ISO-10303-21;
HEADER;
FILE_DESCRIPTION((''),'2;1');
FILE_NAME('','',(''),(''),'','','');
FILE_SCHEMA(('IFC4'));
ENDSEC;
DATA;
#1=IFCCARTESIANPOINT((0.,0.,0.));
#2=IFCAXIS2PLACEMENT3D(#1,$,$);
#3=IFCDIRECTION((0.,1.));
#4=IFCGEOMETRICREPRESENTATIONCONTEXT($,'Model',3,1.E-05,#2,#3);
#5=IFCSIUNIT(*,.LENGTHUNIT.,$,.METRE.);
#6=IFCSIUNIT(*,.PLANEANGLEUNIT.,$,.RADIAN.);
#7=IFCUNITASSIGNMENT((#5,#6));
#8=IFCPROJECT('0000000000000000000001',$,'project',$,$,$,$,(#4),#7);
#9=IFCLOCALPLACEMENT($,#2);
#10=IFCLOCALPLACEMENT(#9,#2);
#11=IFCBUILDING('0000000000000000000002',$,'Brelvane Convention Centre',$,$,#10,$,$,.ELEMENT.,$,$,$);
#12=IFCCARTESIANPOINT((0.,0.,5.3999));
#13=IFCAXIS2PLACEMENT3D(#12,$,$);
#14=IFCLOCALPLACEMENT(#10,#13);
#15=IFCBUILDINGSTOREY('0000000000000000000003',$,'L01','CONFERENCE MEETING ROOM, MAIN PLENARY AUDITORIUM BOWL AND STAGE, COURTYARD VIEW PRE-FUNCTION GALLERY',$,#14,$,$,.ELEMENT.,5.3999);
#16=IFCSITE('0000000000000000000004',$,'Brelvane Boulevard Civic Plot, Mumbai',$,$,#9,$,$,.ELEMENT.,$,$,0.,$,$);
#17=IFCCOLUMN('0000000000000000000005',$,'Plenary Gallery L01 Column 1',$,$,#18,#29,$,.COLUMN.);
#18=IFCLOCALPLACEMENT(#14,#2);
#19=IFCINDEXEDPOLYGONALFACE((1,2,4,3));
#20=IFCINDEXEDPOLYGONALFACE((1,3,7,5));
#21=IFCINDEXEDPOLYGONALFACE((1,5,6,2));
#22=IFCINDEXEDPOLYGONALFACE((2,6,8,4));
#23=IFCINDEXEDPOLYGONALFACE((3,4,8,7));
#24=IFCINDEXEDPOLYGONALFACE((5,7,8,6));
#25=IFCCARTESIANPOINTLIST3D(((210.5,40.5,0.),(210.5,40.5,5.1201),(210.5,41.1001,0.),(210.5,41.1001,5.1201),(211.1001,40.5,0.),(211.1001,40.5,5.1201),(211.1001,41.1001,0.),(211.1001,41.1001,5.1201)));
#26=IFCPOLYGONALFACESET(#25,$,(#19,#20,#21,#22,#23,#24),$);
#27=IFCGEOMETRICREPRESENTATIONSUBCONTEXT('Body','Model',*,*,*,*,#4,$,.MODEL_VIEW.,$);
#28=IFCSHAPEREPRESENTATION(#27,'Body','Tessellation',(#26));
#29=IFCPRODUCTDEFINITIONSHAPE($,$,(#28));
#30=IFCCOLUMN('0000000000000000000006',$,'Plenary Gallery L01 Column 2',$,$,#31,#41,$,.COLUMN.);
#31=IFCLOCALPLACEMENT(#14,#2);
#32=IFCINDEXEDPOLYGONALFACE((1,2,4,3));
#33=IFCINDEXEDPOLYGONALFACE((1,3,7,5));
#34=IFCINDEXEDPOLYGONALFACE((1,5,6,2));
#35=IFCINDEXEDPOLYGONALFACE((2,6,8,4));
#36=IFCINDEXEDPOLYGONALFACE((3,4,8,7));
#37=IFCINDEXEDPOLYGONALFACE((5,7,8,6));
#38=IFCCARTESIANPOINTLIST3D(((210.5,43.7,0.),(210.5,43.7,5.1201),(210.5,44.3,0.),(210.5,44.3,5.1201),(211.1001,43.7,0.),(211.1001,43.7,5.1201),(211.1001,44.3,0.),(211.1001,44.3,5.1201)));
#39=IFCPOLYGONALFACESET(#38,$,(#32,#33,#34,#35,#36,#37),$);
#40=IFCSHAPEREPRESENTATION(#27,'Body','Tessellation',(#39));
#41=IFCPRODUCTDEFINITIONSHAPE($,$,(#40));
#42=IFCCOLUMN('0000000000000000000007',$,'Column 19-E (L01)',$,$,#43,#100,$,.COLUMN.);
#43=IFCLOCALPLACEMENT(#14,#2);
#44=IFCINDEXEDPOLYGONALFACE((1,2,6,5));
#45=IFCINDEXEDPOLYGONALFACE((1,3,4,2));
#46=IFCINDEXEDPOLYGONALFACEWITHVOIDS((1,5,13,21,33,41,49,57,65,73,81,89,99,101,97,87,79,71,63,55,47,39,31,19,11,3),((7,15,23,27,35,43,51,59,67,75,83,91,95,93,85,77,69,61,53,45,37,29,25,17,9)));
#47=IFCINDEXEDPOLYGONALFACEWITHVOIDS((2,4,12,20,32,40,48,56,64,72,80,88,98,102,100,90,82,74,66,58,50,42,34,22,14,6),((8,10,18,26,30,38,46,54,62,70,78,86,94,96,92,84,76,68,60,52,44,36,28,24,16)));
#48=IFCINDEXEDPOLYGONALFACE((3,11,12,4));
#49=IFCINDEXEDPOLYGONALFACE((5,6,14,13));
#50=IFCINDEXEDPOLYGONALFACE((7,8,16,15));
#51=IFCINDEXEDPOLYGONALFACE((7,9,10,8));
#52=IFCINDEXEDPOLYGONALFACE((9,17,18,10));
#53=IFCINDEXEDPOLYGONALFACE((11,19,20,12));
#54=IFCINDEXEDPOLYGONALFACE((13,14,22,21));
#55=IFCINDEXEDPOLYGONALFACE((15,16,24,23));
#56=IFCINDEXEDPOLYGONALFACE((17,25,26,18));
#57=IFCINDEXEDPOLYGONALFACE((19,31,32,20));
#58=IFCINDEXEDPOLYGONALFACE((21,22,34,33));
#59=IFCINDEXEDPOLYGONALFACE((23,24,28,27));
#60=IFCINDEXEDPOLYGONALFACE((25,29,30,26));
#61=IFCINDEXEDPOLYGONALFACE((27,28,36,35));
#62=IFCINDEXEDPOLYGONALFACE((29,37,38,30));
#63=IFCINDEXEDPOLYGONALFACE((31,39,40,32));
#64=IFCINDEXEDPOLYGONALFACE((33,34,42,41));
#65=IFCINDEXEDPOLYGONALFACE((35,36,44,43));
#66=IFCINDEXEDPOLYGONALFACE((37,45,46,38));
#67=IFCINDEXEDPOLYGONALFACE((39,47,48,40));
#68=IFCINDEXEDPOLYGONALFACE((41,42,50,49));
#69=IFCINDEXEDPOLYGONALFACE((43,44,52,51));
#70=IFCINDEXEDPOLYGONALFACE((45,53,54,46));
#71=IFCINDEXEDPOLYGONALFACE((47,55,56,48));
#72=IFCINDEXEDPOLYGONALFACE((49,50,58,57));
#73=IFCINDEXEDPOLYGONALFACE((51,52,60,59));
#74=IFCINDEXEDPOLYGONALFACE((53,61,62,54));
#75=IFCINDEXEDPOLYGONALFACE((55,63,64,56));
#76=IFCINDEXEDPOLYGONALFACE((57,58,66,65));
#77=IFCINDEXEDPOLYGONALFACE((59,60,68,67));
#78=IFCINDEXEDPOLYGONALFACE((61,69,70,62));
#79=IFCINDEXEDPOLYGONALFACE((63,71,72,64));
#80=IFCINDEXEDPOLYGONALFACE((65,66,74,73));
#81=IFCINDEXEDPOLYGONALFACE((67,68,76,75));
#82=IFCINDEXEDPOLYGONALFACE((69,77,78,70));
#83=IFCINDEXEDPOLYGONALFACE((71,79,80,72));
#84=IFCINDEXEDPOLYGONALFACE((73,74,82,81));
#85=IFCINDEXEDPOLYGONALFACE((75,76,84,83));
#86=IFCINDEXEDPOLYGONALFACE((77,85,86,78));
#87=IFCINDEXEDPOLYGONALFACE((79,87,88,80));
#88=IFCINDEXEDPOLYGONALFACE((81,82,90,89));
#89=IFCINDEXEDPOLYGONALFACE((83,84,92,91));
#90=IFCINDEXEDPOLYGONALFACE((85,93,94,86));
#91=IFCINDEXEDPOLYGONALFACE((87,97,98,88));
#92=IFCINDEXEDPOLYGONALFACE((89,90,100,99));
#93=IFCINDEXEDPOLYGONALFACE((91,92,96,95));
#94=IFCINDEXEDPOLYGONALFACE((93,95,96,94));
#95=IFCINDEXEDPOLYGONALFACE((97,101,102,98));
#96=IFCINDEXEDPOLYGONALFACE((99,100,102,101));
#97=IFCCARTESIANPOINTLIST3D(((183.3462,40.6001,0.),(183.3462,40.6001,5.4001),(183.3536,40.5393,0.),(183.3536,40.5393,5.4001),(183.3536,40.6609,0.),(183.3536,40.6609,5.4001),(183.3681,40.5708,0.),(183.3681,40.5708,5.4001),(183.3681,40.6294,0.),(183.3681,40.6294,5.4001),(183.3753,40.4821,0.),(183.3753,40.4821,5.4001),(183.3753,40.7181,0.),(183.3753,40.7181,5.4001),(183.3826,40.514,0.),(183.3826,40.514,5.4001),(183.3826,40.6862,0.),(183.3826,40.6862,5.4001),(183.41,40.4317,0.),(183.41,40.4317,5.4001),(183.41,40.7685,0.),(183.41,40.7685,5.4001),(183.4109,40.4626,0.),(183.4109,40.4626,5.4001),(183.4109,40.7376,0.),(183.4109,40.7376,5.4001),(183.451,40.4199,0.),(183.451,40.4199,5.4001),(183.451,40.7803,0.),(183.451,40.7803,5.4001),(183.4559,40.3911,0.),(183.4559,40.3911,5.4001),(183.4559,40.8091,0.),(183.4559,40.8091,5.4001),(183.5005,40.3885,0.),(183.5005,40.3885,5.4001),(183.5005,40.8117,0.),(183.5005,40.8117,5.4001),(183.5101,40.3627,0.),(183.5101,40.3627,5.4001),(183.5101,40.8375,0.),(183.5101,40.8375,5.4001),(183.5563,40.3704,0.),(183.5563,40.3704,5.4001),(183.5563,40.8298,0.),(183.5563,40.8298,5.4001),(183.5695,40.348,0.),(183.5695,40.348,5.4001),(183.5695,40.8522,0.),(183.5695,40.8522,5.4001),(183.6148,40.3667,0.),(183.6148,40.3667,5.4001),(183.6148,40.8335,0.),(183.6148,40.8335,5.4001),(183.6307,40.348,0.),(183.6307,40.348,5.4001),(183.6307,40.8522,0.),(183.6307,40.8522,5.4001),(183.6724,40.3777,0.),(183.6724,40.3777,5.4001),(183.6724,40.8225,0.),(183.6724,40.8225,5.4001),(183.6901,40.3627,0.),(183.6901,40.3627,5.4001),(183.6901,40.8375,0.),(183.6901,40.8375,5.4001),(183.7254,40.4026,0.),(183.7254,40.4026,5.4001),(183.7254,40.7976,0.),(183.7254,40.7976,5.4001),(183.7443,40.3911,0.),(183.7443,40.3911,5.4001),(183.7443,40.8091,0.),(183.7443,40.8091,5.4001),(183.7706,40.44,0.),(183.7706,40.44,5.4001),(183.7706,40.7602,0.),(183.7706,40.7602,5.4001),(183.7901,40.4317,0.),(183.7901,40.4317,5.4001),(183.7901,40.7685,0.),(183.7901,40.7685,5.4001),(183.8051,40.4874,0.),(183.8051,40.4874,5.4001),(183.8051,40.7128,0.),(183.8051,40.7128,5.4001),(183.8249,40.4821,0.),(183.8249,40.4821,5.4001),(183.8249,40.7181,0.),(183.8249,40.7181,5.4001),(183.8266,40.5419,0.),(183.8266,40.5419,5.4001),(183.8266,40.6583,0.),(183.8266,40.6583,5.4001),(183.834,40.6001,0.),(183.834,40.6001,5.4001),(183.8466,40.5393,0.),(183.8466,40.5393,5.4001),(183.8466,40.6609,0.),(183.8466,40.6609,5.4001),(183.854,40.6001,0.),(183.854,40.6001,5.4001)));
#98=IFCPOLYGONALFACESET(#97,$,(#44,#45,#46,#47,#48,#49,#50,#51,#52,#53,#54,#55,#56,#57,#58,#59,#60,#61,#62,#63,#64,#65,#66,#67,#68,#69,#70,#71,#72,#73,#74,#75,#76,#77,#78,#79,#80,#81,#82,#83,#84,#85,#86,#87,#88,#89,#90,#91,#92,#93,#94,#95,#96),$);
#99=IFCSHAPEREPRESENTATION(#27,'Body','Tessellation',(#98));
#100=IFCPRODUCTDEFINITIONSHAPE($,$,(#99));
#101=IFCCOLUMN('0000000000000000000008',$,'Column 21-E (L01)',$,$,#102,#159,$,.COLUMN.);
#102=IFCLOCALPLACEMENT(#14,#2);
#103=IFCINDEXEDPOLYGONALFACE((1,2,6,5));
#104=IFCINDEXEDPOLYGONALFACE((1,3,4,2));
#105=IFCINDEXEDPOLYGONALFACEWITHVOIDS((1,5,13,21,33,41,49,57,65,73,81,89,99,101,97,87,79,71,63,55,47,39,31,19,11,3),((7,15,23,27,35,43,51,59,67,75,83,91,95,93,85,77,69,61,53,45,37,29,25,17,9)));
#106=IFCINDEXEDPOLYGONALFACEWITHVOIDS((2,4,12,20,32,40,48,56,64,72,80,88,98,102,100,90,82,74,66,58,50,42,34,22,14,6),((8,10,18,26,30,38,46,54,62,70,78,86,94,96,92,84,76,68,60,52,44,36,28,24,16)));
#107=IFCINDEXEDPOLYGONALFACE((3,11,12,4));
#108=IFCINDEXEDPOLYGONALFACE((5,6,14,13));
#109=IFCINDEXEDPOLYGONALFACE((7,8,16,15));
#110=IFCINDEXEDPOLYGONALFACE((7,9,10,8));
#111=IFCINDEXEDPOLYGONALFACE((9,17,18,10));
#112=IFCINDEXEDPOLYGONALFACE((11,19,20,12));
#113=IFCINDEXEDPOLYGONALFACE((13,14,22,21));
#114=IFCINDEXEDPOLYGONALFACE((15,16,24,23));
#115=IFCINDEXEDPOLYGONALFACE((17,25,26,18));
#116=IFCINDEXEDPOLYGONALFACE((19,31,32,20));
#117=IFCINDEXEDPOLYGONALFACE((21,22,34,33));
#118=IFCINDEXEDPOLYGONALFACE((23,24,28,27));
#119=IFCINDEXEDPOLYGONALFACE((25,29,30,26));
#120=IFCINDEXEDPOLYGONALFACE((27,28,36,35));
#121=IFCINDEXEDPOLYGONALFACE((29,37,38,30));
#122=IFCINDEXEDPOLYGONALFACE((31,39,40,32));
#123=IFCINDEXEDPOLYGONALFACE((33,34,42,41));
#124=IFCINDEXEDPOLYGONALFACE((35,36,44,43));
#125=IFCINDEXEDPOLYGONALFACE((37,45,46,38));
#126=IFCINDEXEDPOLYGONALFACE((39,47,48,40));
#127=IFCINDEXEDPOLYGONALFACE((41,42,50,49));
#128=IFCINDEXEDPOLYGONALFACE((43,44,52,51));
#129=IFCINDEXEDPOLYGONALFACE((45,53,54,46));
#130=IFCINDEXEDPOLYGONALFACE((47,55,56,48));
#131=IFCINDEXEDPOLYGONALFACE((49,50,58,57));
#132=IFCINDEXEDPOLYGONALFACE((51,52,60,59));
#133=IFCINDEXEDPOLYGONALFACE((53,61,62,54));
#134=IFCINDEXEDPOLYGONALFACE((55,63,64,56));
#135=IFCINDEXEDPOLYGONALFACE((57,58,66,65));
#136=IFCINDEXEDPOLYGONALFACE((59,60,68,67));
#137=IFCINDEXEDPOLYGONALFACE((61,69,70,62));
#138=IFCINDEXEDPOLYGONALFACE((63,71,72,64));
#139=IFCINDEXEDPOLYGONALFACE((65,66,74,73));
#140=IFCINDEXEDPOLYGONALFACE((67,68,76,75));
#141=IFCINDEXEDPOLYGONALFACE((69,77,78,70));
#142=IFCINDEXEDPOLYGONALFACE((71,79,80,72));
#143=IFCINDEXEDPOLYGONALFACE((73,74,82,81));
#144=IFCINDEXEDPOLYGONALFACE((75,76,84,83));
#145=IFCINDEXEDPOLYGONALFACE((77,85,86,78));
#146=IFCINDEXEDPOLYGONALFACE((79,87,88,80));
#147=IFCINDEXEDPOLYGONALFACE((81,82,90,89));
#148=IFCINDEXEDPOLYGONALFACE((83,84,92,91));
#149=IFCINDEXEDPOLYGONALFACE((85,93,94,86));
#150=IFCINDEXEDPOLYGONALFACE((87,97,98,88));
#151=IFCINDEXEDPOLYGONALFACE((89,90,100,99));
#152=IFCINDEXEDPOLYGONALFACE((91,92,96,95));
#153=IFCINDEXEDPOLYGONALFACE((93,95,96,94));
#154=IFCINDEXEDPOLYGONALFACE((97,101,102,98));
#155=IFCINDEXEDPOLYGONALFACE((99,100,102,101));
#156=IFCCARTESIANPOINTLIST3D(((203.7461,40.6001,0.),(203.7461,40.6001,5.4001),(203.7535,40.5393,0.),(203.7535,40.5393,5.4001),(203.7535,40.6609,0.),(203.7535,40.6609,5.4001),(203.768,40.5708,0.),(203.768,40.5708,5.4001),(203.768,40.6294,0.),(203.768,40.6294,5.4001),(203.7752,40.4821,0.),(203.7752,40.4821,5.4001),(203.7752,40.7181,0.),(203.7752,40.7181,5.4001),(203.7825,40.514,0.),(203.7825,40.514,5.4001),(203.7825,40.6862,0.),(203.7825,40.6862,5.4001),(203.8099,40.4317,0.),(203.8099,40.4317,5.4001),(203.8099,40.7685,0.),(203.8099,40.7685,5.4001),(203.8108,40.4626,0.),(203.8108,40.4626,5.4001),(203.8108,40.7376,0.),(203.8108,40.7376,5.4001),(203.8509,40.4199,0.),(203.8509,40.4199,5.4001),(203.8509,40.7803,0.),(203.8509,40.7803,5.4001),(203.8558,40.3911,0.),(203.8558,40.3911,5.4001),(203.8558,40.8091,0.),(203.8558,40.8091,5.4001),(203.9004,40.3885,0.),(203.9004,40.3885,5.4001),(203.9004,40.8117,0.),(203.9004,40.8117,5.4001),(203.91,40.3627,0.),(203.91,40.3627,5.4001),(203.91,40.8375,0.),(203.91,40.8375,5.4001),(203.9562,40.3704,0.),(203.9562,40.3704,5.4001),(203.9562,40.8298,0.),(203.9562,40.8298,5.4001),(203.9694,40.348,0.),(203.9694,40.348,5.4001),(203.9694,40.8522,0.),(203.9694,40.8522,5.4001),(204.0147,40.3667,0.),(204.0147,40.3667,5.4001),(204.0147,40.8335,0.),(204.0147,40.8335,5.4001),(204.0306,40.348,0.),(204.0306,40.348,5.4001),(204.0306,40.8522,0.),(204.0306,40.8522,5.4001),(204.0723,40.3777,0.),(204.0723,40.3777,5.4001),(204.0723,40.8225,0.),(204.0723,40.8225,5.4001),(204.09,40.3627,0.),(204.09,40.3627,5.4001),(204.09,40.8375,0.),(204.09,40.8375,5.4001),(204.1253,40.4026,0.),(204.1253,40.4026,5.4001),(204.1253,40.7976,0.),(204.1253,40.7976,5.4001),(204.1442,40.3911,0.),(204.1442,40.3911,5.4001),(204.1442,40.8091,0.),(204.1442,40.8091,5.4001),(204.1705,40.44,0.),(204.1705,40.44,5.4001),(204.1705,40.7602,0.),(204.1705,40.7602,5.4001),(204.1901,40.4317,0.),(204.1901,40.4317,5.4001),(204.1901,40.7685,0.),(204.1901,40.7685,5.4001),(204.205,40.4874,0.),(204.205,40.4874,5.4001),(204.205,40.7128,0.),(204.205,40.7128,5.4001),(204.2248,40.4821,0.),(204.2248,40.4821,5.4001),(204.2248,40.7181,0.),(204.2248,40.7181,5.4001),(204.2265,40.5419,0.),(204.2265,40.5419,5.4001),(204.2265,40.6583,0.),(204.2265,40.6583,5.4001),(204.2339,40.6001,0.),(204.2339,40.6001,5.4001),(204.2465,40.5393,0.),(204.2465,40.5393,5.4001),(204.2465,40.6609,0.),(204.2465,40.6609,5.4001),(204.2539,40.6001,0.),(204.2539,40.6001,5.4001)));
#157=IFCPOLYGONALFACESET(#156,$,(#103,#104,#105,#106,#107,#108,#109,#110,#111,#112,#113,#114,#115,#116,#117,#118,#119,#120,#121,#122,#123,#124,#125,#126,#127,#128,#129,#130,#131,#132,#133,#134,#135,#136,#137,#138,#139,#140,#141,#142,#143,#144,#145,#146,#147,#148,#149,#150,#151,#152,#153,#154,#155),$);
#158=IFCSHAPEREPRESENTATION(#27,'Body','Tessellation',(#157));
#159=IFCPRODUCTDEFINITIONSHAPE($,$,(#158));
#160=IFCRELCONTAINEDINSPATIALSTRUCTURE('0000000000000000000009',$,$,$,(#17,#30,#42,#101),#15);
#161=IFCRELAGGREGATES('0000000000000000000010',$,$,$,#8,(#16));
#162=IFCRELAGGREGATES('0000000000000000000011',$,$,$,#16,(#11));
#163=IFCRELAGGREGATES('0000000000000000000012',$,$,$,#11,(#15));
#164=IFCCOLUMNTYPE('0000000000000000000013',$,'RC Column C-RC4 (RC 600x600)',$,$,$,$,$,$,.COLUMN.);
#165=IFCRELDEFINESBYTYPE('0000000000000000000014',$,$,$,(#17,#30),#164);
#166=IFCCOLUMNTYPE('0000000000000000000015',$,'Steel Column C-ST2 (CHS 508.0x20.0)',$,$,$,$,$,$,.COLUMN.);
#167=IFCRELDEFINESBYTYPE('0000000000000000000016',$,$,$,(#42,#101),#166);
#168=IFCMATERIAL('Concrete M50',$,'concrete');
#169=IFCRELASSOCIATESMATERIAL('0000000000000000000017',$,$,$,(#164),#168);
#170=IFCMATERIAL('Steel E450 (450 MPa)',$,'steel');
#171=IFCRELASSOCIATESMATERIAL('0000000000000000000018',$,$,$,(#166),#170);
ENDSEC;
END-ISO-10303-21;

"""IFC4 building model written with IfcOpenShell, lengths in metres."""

from ifc_helpers import new_model, si_unit, direction, frame, origin, origin_2d, place, context, subcontext, project, spatial, rectangle, hollow_circle, extrude, material, material_profile, profile_set, type_object, element, save


model = new_model("IFC4")

# Units and contexts
model_context = context("Model", 3, precision=1e-05, world=origin(), true_north=direction((0.0, 1.0)))
body_context = subcontext(model_context, "Body", "Model", "MODEL_VIEW")
ifc_project = project(units=[si_unit("LENGTHUNIT", "METRE"), si_unit("PLANEANGLEUNIT", "RADIAN")], contexts=[model_context])

# Site, building, storey
site_placement = place(None, origin())
site = spatial("IfcSite", under=ifc_project, at=site_placement, Name="Brelvane Boulevard Civic Plot, Mumbai", CompositionType="ELEMENT", RefElevation=0.0)
building_placement = place(site_placement, origin())
building = spatial("IfcBuilding", under=site, at=building_placement, Name="Brelvane Convention Centre", CompositionType="ELEMENT")
storey_placement = place(building_placement, frame((0.0, 0.0, 5.3999)))
storey = spatial("IfcBuildingStorey", under=building, at=storey_placement, Name="L01", Description="CONFERENCE MEETING ROOM, MAIN PLENARY AUDITORIUM BOWL AND STAGE, COURTYARD VIEW PRE-FUNCTION GALLERY", CompositionType="ELEMENT", Elevation=5.3999)

# Columns
ifc_material_1 = material(Name="Concrete M50", Category="concrete")
ifc_material_profile_1 = material_profile(ifc_material_1, rectangle(XDim=0.6001, YDim=0.6001, at=origin_2d()), Name="RC 600x600")
ifc_profile_set_1 = profile_set([ifc_material_profile_1], Name="Concrete M50")
column_type_1 = type_object("IfcColumnType", Name="RC Column C-RC4 (RC 600x600)", PredefinedType="COLUMN", material=ifc_profile_set_1)
for number, where, z_axis, x_axis, name in (
    (1, (210.8, 40.8, 0.0), (0.0, 0.0, 1.0), (1.0, 0.0, 0.0), "Plenary Gallery L01 Column 1"),
    (2, (210.8, 44.0, 0.0), (0.0, 0.0, 1.0), (1.0, 0.0, 0.0), "Plenary Gallery L01 Column 2"),
):
    element("IfcColumn", number, at=place(storey_placement, frame(where, z_axis=z_axis, x_axis=x_axis)), inside=storey, type_object=column_type_1, Name=name, PredefinedType="COLUMN", context=body_context, shape_type="SweptSolid", body=[
        extrude(rectangle(XDim=0.6001, YDim=0.6001, at=origin_2d()), origin(), (0.0, 0.0, 1.0), 5.1201),
    ])
ifc_material_2 = material(Name="Steel E450 (450 MPa)", Category="steel")
ifc_material_profile_2 = material_profile(ifc_material_2, hollow_circle(Radius=0.2539, WallThickness=0.02, at=origin_2d()), Name="CHS 508.0x20.0")
ifc_profile_set_2 = profile_set([ifc_material_profile_2], Name="Steel E450 (450 MPa)")
column_type_2 = type_object("IfcColumnType", Name="Steel Column C-ST2 (CHS 508.0x20.0)", PredefinedType="COLUMN", material=ifc_profile_set_2)
for number, where, z_axis, x_axis, name in (
    (3, (183.6001, 40.6001, 0.0), (0.0, 0.0, 1.0), (1.0, 0.0, 0.0), "Column 19-E (L01)"),
    (4, (204.0, 40.6001, 0.0), (0.0, 0.0, 1.0), (1.0, 0.0, 0.0), "Column 21-E (L01)"),
):
    element("IfcColumn", number, at=place(storey_placement, frame(where, z_axis=z_axis, x_axis=x_axis)), inside=storey, type_object=column_type_2, Name=name, PredefinedType="COLUMN", context=body_context, shape_type="SweptSolid", body=[
        extrude(hollow_circle(Radius=0.2539, WallThickness=0.02, at=origin_2d()), origin(), (0.0, 0.0, 1.0), 5.4001),
    ])

save(model, "model.ifc")
